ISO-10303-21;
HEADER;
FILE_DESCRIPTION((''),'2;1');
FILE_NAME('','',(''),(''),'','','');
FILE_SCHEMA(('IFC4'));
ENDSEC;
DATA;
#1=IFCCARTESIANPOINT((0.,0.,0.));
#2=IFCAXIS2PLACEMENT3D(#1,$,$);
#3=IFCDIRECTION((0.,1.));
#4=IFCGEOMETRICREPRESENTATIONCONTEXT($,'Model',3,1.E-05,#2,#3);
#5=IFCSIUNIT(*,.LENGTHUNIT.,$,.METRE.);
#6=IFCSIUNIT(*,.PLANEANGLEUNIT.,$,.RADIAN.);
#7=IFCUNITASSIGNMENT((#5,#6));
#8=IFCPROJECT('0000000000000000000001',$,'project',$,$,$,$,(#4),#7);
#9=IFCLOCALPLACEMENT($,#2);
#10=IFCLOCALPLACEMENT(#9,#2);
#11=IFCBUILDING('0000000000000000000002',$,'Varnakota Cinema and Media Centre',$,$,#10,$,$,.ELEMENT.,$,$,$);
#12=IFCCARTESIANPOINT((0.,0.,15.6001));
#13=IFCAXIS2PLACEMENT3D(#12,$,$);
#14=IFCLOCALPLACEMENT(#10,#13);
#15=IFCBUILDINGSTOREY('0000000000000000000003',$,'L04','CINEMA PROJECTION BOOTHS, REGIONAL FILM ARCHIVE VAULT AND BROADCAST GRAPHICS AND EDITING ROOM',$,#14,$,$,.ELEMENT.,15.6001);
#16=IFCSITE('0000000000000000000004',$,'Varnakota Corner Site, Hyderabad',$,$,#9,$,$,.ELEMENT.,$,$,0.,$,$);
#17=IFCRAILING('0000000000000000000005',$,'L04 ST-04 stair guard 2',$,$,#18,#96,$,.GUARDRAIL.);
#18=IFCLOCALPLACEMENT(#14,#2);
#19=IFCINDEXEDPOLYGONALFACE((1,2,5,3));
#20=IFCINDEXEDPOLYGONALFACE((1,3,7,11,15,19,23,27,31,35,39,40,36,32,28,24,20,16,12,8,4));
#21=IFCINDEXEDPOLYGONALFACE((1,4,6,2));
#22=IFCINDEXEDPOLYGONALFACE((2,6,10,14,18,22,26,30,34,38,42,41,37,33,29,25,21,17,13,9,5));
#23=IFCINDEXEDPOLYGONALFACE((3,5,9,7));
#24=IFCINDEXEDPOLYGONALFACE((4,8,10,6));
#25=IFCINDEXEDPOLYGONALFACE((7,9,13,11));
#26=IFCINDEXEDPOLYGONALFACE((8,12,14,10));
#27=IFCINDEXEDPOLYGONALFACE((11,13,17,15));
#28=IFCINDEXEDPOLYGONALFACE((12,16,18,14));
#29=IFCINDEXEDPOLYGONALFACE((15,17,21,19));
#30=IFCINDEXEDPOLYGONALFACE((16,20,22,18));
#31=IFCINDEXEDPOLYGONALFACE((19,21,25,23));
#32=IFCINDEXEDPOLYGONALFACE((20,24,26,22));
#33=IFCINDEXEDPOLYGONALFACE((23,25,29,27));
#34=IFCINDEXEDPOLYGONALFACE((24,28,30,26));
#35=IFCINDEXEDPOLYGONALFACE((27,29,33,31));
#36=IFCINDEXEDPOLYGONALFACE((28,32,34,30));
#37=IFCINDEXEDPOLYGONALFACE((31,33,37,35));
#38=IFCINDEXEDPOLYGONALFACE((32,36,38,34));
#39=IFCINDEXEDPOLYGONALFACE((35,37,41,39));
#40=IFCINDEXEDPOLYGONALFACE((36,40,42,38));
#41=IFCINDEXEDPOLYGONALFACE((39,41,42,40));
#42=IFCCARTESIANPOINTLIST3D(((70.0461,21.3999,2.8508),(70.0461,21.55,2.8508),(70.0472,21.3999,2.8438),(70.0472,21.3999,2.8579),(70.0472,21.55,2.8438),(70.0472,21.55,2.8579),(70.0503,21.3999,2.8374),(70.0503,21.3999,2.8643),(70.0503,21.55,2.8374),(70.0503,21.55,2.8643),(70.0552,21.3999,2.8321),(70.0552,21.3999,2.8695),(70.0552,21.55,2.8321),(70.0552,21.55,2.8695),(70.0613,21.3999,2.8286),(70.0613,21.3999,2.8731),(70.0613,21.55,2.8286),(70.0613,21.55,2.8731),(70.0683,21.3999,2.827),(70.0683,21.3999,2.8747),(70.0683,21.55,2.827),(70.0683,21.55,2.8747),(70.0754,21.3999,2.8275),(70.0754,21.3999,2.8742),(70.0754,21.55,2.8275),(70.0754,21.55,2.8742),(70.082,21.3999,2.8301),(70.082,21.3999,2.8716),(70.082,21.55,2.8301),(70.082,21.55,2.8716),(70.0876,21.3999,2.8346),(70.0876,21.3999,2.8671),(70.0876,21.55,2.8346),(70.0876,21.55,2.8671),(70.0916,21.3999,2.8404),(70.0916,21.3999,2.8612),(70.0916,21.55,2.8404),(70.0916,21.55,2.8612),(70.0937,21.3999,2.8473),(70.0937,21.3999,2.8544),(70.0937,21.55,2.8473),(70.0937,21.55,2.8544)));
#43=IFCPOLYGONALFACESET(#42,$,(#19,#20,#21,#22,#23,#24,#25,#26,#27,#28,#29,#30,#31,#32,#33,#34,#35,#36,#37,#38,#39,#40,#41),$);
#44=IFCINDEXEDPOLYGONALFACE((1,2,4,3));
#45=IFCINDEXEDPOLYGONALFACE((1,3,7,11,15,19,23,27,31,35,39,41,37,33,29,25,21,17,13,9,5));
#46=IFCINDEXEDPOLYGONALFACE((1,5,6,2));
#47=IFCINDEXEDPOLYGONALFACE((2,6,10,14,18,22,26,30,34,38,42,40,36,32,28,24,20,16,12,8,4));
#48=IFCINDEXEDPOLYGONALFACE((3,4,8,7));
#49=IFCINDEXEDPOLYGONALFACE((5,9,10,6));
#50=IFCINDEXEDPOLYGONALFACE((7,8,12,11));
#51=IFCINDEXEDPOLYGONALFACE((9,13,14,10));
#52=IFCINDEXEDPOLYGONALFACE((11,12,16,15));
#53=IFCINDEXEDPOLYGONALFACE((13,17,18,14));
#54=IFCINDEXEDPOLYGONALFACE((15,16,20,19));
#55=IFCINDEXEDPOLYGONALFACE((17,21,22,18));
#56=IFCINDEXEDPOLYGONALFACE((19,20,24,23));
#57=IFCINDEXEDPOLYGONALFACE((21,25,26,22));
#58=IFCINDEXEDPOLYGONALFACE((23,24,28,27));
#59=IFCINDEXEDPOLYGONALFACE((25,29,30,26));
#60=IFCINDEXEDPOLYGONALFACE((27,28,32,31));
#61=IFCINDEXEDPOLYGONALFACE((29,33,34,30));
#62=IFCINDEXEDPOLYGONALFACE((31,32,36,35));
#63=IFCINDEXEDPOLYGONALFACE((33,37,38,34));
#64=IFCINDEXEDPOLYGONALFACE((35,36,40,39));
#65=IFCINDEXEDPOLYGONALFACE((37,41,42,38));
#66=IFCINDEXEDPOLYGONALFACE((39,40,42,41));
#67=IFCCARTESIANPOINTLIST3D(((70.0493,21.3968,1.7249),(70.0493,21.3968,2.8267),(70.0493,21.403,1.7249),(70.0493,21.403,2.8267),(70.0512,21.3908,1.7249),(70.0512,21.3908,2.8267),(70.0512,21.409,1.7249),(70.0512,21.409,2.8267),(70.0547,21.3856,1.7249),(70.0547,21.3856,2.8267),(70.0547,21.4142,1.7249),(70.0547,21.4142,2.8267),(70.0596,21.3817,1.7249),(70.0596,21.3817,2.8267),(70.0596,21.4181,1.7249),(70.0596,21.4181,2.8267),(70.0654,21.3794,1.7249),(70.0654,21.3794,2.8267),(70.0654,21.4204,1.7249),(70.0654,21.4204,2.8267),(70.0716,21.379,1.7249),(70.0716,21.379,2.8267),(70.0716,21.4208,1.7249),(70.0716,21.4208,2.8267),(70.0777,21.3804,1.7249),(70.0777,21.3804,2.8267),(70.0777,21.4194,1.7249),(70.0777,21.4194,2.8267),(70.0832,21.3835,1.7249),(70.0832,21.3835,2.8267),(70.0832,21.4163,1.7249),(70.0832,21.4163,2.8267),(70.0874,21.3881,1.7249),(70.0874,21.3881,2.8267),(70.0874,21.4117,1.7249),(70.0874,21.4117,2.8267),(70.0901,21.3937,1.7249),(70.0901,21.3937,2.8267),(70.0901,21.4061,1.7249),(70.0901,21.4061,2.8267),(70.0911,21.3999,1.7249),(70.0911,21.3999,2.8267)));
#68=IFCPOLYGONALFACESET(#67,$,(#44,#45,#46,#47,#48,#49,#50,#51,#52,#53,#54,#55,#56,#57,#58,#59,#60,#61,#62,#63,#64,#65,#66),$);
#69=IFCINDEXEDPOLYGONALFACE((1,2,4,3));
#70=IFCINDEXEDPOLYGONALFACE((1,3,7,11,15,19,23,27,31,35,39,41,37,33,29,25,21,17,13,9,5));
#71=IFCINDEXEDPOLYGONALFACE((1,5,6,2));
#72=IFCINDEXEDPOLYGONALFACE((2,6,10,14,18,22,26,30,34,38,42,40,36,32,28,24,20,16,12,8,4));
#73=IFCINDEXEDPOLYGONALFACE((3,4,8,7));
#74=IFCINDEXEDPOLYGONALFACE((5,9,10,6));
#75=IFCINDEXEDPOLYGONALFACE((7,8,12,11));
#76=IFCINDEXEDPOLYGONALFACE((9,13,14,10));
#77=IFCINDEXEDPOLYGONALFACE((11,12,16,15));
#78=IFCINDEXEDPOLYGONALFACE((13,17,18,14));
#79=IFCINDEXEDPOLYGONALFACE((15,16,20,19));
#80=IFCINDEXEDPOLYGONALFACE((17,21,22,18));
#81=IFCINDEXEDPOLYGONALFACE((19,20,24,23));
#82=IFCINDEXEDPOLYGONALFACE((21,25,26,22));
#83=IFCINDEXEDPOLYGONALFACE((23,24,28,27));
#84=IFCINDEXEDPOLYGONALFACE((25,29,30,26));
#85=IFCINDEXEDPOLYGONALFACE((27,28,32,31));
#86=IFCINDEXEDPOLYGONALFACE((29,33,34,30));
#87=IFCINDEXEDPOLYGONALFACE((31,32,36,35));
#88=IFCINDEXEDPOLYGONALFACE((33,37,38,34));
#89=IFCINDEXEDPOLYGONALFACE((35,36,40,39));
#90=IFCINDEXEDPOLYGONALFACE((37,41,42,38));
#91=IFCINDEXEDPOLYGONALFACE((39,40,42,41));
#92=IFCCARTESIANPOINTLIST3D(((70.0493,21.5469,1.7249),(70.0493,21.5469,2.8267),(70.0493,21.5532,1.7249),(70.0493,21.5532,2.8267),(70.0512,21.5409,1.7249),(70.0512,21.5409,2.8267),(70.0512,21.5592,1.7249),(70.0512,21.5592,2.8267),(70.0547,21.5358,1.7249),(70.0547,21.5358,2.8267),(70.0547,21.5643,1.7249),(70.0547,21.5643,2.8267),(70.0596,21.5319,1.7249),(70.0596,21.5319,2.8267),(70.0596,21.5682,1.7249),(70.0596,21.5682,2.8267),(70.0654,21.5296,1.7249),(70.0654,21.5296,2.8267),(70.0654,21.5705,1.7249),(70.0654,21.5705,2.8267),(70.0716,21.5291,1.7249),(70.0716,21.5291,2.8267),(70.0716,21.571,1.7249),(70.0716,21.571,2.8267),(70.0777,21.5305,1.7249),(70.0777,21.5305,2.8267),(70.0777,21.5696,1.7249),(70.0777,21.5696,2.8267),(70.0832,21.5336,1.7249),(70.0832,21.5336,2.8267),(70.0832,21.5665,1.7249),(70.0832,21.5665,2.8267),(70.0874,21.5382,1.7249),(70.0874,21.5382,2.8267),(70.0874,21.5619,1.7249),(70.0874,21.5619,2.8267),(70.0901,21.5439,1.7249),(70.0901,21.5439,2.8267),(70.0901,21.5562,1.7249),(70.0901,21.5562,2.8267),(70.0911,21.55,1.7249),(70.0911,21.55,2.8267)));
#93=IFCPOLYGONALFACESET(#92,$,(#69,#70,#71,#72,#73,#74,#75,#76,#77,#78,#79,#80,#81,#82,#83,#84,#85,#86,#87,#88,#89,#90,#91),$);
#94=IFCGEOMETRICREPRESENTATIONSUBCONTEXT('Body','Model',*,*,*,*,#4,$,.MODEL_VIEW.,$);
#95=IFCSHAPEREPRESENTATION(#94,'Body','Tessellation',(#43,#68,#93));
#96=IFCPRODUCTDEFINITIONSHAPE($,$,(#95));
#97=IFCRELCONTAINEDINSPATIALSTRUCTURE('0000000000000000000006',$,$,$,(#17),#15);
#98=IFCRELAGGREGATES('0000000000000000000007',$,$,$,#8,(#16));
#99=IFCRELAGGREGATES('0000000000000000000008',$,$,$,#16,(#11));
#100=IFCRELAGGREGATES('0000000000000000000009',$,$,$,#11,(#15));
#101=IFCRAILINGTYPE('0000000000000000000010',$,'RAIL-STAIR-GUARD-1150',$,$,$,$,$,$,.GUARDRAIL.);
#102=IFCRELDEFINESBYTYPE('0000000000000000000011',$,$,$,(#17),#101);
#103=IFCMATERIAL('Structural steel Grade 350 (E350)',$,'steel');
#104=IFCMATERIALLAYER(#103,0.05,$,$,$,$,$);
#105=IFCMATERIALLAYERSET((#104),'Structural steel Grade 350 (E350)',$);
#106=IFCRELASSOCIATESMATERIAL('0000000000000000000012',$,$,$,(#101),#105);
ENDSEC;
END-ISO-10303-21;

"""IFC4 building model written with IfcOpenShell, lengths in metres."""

from ifc_helpers import new_model, si_unit, direction, frame, origin, origin_2d, place, context, subcontext, project, spatial, circle, extrude, material, layer, layer_set, type_object, element, save


model = new_model("IFC4")

# Units and contexts
model_context = context("Model", 3, precision=1e-05, world=origin(), true_north=direction((0.0, 1.0)))
body_context = subcontext(model_context, "Body", "Model", "MODEL_VIEW")
ifc_project = project(units=[si_unit("LENGTHUNIT", "METRE"), si_unit("PLANEANGLEUNIT", "RADIAN")], contexts=[model_context])

# Site, building, storey
site_placement = place(None, origin())
site = spatial("IfcSite", under=ifc_project, at=site_placement, Name="Varnakota Corner Site, Hyderabad", CompositionType="ELEMENT", RefElevation=0.0)
building_placement = place(site_placement, origin())
building = spatial("IfcBuilding", under=site, at=building_placement, Name="Varnakota Cinema and Media Centre", CompositionType="ELEMENT")
storey_placement = place(building_placement, frame((0.0, 0.0, 15.6001)))
storey = spatial("IfcBuildingStorey", under=building, at=storey_placement, Name="L04", Description="CINEMA PROJECTION BOOTHS, REGIONAL FILM ARCHIVE VAULT AND BROADCAST GRAPHICS AND EDITING ROOM", CompositionType="ELEMENT", Elevation=15.6001)

# Railing
ifc_material_1 = material(Name="Structural steel Grade 350 (E350)", Category="steel")
ifc_layer_1 = layer(ifc_material_1, 0.05)
ifc_layer_set_1 = layer_set([ifc_layer_1], Name="Structural steel Grade 350 (E350)")
railing_type_1 = type_object("IfcRailingType", Name="RAIL-STAIR-GUARD-1150", PredefinedType="GUARDRAIL", material=ifc_layer_set_1)
railing_1_placement = place(storey_placement, frame((70.0701, 21.3999, 1.7249)))
element("IfcRailing", 1, at=railing_1_placement, inside=storey, type_object=railing_type_1, Name="L04 ST-04 stair guard 2", PredefinedType="GUARDRAIL", context=body_context, shape_type="SweptSolid", body=[
    extrude(circle(Radius=0.0239, at=origin_2d()), frame((0.0, 0.0, 1.126), z_axis=(0.0, 1.0, 0.0), x_axis=(-1.0, 0.0, 0.0)), (0.0, 0.0, 1.0), 0.1501),
    extrude(circle(Radius=0.021, at=origin_2d()), origin(), (0.0, 0.0, 1.0), 1.1018),
    extrude(circle(Radius=0.021, at=origin_2d()), frame((0.0, 0.1501, 0.0)), (0.0, 0.0, 1.0), 1.1018),
])

save(model, "model.ifc")
